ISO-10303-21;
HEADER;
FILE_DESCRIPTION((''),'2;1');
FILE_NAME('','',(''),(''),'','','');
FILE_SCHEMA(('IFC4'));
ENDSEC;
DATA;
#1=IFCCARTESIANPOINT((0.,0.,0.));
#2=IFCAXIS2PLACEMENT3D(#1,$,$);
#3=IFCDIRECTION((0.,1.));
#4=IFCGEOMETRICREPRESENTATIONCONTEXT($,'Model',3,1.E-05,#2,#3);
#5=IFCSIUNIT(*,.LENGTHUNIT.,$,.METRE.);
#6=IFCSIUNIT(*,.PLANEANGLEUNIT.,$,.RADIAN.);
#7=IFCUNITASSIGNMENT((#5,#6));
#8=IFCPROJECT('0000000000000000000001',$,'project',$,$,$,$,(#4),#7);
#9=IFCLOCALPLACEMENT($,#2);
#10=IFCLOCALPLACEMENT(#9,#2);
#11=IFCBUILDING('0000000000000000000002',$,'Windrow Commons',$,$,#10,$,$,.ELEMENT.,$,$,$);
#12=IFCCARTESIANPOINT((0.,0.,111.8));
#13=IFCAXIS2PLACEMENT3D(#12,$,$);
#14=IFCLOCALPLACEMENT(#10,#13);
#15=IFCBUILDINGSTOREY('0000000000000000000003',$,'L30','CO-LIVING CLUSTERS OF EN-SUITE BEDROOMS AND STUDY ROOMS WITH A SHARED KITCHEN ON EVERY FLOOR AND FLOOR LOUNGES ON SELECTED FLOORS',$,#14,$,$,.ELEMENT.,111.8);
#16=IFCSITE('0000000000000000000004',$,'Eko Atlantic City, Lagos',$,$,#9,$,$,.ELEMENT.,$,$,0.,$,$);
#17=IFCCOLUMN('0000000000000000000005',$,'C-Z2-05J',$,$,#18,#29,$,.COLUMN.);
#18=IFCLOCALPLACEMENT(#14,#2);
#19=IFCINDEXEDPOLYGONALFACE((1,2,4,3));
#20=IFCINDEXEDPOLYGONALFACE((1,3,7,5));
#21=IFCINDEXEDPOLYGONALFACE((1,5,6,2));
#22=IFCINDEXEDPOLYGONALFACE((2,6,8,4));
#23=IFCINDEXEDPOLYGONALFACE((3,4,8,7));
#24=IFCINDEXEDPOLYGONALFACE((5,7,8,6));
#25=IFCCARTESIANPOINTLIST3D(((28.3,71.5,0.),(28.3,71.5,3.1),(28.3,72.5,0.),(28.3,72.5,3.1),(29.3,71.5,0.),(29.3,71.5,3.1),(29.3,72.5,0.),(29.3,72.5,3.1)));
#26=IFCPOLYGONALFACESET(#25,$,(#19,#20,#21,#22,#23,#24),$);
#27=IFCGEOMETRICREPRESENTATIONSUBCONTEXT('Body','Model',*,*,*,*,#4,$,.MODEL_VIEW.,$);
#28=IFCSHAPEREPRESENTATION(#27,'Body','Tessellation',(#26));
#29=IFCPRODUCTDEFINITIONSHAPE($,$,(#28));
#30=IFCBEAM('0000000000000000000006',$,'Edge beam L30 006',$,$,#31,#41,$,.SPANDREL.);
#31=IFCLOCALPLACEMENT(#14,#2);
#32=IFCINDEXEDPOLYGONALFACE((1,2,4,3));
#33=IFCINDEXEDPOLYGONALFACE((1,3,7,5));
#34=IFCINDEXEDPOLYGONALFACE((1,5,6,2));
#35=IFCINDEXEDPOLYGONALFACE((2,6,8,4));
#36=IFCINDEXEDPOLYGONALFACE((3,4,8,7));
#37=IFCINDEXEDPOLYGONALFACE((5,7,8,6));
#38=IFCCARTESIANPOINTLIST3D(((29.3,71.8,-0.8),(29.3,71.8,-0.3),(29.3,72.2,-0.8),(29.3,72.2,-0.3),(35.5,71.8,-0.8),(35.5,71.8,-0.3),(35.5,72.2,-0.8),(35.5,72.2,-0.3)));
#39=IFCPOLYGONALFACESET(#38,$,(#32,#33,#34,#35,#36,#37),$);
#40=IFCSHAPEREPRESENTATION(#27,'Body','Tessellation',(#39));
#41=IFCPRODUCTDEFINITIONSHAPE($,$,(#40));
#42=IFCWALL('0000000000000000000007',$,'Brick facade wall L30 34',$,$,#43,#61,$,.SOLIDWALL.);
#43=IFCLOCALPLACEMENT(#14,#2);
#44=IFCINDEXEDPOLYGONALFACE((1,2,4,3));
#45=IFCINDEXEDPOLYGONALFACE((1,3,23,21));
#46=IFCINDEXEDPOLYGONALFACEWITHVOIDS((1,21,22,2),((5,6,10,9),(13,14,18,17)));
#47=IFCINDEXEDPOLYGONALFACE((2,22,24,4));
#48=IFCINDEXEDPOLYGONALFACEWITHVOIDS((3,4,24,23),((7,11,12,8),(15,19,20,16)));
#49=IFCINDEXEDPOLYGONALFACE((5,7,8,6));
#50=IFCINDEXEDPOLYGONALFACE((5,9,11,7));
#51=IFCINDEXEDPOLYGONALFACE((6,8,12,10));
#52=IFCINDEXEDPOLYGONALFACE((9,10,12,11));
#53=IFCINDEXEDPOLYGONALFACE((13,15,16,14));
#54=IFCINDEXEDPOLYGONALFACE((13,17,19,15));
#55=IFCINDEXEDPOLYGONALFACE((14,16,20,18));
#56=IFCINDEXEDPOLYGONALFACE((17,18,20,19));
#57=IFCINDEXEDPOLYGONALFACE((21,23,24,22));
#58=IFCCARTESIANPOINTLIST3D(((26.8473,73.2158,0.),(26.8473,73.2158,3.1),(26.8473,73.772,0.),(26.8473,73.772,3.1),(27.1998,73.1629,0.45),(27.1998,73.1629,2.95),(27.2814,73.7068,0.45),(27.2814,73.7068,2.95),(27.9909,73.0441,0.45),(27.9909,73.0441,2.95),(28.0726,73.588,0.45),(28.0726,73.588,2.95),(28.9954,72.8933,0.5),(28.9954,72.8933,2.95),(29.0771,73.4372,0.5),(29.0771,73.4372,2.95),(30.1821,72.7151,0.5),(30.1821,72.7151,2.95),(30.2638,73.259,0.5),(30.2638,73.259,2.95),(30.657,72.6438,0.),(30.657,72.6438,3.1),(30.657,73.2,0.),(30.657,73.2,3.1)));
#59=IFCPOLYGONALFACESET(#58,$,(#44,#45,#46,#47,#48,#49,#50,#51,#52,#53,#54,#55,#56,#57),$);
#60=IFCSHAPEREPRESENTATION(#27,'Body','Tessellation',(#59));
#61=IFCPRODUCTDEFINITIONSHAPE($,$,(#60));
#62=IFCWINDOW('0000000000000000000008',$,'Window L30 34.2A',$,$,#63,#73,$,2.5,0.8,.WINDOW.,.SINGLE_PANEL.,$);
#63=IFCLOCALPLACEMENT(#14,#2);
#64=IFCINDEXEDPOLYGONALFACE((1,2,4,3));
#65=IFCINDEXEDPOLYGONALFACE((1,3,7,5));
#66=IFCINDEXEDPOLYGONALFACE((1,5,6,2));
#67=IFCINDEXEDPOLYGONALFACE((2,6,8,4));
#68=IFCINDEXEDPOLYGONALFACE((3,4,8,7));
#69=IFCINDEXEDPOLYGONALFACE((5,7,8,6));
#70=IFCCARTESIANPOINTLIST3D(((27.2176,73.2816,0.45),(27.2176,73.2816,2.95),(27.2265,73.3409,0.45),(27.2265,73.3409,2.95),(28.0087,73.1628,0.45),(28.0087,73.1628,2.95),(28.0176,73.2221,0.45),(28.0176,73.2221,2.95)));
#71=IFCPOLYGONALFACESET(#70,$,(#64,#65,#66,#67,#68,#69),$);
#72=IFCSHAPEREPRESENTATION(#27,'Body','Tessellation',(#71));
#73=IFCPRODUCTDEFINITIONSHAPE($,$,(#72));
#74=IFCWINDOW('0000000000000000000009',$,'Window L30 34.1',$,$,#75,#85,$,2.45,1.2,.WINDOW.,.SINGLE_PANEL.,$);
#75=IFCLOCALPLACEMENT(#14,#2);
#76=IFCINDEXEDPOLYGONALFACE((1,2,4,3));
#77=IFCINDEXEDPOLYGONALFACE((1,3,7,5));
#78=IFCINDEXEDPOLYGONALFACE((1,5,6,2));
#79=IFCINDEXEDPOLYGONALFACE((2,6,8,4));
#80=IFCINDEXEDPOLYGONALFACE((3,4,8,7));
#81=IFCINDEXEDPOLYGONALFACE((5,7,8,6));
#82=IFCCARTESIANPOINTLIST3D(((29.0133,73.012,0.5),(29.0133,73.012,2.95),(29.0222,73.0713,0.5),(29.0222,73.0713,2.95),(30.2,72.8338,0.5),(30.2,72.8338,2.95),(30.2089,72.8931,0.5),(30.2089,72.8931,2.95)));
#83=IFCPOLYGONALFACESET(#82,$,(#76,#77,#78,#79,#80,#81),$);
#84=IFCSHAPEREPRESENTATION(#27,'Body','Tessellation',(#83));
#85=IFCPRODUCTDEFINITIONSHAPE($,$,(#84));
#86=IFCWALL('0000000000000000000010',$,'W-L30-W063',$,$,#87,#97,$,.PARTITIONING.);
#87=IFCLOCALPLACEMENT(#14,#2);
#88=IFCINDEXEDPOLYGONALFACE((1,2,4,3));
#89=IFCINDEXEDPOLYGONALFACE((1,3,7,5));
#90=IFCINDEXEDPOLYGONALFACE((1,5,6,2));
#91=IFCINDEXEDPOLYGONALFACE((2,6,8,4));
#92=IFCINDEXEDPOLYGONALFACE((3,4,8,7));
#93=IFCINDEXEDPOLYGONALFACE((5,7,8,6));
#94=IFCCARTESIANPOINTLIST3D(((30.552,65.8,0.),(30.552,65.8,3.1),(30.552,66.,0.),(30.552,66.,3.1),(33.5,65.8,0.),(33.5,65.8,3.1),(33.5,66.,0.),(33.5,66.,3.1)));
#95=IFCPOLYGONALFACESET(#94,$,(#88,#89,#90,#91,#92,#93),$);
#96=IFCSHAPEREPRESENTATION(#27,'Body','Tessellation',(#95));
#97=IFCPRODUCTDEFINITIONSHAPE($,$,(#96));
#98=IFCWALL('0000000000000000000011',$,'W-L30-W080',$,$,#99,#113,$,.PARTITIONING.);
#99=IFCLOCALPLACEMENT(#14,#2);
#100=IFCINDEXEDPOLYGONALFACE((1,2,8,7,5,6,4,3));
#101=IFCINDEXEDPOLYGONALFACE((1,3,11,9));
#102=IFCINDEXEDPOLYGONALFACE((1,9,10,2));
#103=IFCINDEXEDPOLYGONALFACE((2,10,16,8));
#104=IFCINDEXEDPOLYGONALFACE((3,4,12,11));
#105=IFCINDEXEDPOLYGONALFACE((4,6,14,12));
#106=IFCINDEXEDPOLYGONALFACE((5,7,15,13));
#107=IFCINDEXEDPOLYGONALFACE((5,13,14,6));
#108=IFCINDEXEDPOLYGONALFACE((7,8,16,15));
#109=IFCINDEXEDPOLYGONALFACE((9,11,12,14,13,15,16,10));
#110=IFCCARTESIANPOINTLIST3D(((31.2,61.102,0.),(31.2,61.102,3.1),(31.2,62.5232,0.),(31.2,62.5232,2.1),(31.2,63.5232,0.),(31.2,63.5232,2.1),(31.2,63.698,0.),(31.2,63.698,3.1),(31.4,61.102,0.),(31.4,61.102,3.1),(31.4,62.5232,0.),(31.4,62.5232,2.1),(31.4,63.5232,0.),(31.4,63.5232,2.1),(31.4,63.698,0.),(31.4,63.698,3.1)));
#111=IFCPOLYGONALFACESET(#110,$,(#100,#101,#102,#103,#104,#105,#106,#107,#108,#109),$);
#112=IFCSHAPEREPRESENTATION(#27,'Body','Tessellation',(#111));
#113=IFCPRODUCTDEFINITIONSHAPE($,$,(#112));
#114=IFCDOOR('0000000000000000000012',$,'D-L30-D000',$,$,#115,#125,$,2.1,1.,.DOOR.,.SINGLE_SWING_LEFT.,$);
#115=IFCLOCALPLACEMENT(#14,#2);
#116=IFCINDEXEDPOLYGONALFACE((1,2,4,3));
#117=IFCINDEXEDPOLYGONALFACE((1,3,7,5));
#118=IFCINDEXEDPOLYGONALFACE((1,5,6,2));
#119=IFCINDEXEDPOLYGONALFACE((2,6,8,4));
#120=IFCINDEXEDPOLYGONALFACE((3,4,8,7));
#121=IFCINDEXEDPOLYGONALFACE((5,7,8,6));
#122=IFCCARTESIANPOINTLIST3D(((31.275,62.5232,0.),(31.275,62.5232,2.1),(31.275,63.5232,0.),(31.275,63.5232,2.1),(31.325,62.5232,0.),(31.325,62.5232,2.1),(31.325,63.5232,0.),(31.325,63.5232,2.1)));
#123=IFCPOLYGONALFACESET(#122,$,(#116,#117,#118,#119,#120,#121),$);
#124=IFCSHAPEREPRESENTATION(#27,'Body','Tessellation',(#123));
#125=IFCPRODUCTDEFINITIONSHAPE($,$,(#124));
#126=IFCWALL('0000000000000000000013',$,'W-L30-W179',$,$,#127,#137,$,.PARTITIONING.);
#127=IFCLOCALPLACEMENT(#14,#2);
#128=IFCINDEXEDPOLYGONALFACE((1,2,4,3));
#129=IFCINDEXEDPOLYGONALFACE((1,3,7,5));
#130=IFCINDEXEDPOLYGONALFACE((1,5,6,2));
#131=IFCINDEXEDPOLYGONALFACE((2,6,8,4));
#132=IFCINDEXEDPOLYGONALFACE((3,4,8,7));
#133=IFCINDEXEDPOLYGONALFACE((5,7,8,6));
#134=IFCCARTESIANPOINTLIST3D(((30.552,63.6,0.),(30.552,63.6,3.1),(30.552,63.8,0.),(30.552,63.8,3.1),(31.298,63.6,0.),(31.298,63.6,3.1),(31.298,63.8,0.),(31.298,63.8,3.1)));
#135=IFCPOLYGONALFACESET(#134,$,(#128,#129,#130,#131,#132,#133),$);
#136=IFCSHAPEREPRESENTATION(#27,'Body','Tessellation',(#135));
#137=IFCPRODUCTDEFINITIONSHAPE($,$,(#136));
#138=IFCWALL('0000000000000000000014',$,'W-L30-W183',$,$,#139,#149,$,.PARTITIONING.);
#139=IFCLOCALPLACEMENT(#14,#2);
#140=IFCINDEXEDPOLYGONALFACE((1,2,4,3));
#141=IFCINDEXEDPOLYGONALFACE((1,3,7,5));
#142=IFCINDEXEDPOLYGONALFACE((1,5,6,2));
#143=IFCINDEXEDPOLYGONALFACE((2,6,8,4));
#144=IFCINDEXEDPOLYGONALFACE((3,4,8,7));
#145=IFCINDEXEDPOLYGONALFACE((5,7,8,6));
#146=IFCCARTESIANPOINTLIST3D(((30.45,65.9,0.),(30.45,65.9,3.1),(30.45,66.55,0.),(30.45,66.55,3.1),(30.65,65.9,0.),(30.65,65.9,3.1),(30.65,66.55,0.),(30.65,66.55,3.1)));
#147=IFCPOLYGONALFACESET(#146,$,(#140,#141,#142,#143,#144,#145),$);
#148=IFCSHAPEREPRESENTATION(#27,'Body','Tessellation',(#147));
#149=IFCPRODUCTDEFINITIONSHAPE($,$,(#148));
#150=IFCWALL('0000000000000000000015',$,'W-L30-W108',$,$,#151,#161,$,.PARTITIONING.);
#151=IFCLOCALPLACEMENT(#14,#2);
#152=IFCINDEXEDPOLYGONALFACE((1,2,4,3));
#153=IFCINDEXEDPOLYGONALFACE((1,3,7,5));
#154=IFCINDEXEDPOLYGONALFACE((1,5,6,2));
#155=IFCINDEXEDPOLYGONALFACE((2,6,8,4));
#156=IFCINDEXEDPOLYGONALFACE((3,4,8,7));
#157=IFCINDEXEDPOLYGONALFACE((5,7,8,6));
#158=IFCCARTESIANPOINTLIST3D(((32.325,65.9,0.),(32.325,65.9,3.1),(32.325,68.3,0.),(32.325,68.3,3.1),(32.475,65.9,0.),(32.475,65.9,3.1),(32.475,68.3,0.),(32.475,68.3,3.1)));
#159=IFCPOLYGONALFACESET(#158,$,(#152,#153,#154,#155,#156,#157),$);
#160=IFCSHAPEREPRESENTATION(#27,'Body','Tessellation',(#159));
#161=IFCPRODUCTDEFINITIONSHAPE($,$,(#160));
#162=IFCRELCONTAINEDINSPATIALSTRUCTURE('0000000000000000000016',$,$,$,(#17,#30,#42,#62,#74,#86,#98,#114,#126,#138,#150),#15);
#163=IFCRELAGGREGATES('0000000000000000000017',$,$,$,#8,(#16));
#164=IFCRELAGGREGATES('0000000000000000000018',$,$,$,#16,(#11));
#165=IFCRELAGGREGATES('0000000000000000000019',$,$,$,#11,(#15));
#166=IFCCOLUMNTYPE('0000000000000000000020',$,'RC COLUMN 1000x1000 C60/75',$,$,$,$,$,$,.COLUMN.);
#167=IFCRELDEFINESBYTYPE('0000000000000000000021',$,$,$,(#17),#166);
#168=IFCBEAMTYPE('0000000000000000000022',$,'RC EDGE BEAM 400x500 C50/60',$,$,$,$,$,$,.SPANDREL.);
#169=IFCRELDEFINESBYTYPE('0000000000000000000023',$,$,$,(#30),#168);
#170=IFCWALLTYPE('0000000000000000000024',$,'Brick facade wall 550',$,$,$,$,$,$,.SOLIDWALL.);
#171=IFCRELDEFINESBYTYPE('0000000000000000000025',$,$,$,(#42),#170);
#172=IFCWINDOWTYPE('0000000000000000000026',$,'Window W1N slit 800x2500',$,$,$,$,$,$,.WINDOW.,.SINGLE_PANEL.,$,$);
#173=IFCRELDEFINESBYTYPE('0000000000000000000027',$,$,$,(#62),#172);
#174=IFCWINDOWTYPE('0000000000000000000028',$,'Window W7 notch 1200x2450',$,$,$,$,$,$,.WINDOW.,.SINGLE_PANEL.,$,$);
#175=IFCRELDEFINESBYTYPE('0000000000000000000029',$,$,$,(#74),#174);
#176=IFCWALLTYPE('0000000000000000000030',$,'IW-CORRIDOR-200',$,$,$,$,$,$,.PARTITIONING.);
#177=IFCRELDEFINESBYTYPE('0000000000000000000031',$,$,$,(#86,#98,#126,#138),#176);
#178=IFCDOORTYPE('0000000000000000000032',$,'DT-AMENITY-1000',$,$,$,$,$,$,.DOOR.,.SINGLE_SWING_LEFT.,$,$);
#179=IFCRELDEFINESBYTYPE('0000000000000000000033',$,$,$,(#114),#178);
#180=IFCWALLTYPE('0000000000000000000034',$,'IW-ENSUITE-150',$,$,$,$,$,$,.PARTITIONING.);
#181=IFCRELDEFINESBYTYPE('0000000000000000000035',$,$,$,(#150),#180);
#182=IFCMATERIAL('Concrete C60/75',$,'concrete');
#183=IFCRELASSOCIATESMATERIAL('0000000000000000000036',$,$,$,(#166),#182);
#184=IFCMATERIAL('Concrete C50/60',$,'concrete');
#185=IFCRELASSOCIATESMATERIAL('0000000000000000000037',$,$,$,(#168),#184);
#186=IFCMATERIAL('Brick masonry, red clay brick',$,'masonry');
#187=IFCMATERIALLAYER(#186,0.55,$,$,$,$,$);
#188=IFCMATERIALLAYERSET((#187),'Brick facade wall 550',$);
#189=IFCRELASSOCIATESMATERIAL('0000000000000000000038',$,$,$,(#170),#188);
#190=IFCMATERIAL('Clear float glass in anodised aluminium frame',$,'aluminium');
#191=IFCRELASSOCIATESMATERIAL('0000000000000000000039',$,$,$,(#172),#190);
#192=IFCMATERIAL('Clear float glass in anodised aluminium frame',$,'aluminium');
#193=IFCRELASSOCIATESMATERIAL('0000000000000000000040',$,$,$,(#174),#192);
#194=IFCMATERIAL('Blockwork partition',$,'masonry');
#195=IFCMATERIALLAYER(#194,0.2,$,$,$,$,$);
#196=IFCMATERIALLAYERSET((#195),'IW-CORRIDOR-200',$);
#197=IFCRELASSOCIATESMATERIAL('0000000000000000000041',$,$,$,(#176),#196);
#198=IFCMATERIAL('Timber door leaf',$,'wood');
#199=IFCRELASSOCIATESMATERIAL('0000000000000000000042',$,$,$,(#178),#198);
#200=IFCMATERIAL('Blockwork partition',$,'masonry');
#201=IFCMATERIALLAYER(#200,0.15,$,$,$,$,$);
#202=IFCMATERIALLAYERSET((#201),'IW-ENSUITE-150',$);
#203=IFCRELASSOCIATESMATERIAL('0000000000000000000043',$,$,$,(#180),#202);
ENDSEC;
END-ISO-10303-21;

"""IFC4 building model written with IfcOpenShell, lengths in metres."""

from ifc_helpers import new_model, si_unit, direction, frame, frame_2d, origin, origin_2d, place, context, subcontext, project, spatial, polyline, rectangle, outline, extrude, material, layer, layer_set, material_profile, profile_set, type_object, element, fill, save


model = new_model("IFC4")

# Units and contexts
model_context = context("Model", 3, precision=1e-05, world=origin(), true_north=direction((0.0, 1.0)))
body_context = subcontext(model_context, "Body", "Model", "MODEL_VIEW")
ifc_project = project(units=[si_unit("LENGTHUNIT", "METRE"), si_unit("PLANEANGLEUNIT", "RADIAN")], contexts=[model_context])

# Site, building, storey
site_placement = place(None, origin())
site = spatial("IfcSite", under=ifc_project, at=site_placement, Name="Eko Atlantic City, Lagos", CompositionType="ELEMENT", RefElevation=0.0)
building_placement = place(site_placement, origin())
building = spatial("IfcBuilding", under=site, at=building_placement, Name="Windrow Commons", CompositionType="ELEMENT")
storey_placement = place(building_placement, frame((0.0, 0.0, 111.8)))
storey = spatial("IfcBuildingStorey", under=building, at=storey_placement, Name="L30", Description="CO-LIVING CLUSTERS OF EN-SUITE BEDROOMS AND STUDY ROOMS WITH A SHARED KITCHEN ON EVERY FLOOR AND FLOOR LOUNGES ON SELECTED FLOORS", CompositionType="ELEMENT", Elevation=111.8)

# Column
ifc_material_1 = material(Name="Concrete C60/75", Category="concrete")
ifc_material_profile_1 = material_profile(ifc_material_1, rectangle(XDim=1.0, YDim=1.0, at=origin_2d()))
ifc_profile_set_1 = profile_set([ifc_material_profile_1], Name="Concrete C60/75")
column_type = type_object("IfcColumnType", Name="RC COLUMN 1000x1000 C60/75", PredefinedType="COLUMN", material=ifc_profile_set_1)
column_placement = place(storey_placement, frame((28.8, 72.0, 0.0), z_axis=(0.0, 0.0, 1.0), x_axis=(1.0, 0.0, 0.0)))
element("IfcColumn", 1, at=column_placement, inside=storey, type_object=column_type, Name="C-Z2-05J", PredefinedType="COLUMN", context=body_context, shape_type="SweptSolid", body=[
    extrude(rectangle(XDim=1.0, YDim=1.0, at=origin_2d()), origin(), (0.0, 0.0, 1.0), 3.1),
])

# Beam
ifc_material_2 = material(Name="Concrete C50/60", Category="concrete")
ifc_material_profile_2 = material_profile(ifc_material_2, rectangle(XDim=0.4, YDim=0.5, at=origin_2d()))
ifc_profile_set_2 = profile_set([ifc_material_profile_2], Name="Concrete C50/60")
beam_type = type_object("IfcBeamType", Name="RC EDGE BEAM 400x500 C50/60", PredefinedType="SPANDREL", material=ifc_profile_set_2)
beam_placement = place(storey_placement, frame((29.3, 72.0, -0.55), z_axis=(1.0, 0.0, 0.0), x_axis=(0.0, 1.0, 0.0)))
element("IfcBeam", 2, at=beam_placement, inside=storey, type_object=beam_type, Name="Edge beam L30 006", PredefinedType="SPANDREL", context=body_context, shape_type="SweptSolid", body=[
    extrude(rectangle(XDim=0.4, YDim=0.5, at=origin_2d()), origin(), (0.0, 0.0, 1.0), 6.2),
])

# Wall, openings, windows
ifc_material_3 = material(Name="Brick masonry, red clay brick", Category="masonry")
ifc_layer_1 = layer(ifc_material_3, 0.55)
ifc_layer_set_1 = layer_set([ifc_layer_1], Name="Brick facade wall 550")
wall_type_1 = type_object("IfcWallType", Name="Brick facade wall 550", PredefinedType="SOLIDWALL", material=ifc_layer_set_1)
wall_1_placement = place(storey_placement, frame((30.657, 72.9219, 0.0), z_axis=(0.0, 0.0, 1.0), x_axis=(-0.988916, 0.148479, 0.0)))
wall_1 = element("IfcWall", 3, at=wall_1_placement, inside=storey, type_object=wall_type_1, Name="Brick facade wall L30 34", PredefinedType="SOLIDWALL", context=body_context, shape_type="SweptSolid", body=[
    extrude(outline(polyline([(0.0413, -0.275), (3.8937, -0.275), (3.8111, 0.275), (-0.0413, 0.275), (0.0413, -0.275)])), origin(), (0.0, 0.0, 1.0), 3.1),
])
opening_1_placement = place(wall_1_placement, frame((0.4389, 0.0, 0.5)))
opening_1 = element("IfcOpeningElement", 4, at=opening_1_placement, cuts=wall_1, PredefinedType="OPENING", context=body_context, shape_type="SweptSolid", body=[
    extrude(rectangle(XDim=1.2, YDim=2.45, at=frame_2d((0.6, 1.225))), frame((0.0, 0.285, 0.0), z_axis=(0.0, -1.0, 0.0), x_axis=(1.0, 0.0, 0.0)), (0.0, 0.0, 1.0), 0.57),
])
opening_2_placement = place(wall_1_placement, frame((2.6547, 0.0, 0.45)))
opening_2 = element("IfcOpeningElement", 5, at=opening_2_placement, cuts=wall_1, PredefinedType="OPENING", context=body_context, shape_type="SweptSolid", body=[
    extrude(rectangle(XDim=0.8, YDim=2.5, at=frame_2d((0.4, 1.25))), frame((0.0, 0.285, 0.0), z_axis=(0.0, -1.0, 0.0), x_axis=(1.0, 0.0, 0.0)), (0.0, 0.0, 1.0), 0.57),
])
ifc_material_4 = material(Name="Clear float glass in anodised aluminium frame", Category="aluminium")
window_type_1 = type_object("IfcWindowType", Name="Window W1N slit 800x2500", PartitioningType="SINGLE_PANEL", PredefinedType="WINDOW", material=ifc_material_4)
window_1_placement = place(opening_2_placement, origin())
window_1 = element("IfcWindow", 6, at=window_1_placement, inside=storey, type_object=window_type_1, Name="Window L30 34.2A", OverallHeight=2.5, OverallWidth=0.8, PartitioningType="SINGLE_PANEL", PredefinedType="WINDOW", context=body_context, shape_type="SweptSolid", body=[
    extrude(rectangle(XDim=0.8, YDim=2.5, at=frame_2d((0.4, 1.25))), frame((0.0, 0.155, 0.0), z_axis=(0.0, -1.0, 0.0), x_axis=(1.0, 0.0, 0.0)), (0.0, 0.0, 1.0), 0.06),
])
fill(opening_2, window_1)
ifc_material_5 = material(Name="Clear float glass in anodised aluminium frame", Category="aluminium")
window_type_2 = type_object("IfcWindowType", Name="Window W7 notch 1200x2450", PartitioningType="SINGLE_PANEL", PredefinedType="WINDOW", material=ifc_material_5)
window_2_placement = place(opening_1_placement, origin())
window_2 = element("IfcWindow", 7, at=window_2_placement, inside=storey, type_object=window_type_2, Name="Window L30 34.1", OverallHeight=2.45, OverallWidth=1.2, PartitioningType="SINGLE_PANEL", PredefinedType="WINDOW", context=body_context, shape_type="SweptSolid", body=[
    extrude(rectangle(XDim=1.2, YDim=2.45, at=frame_2d((0.6, 1.225))), frame((0.0, 0.155, 0.0), z_axis=(0.0, -1.0, 0.0), x_axis=(1.0, 0.0, 0.0)), (0.0, 0.0, 1.0), 0.06),
])
fill(opening_1, window_2)

# Wall
ifc_material_6 = material(Name="Blockwork partition", Category="masonry")
ifc_layer_2 = layer(ifc_material_6, 0.2)
ifc_layer_set_2 = layer_set([ifc_layer_2], Name="IW-CORRIDOR-200")
wall_type_2 = type_object("IfcWallType", Name="IW-CORRIDOR-200", PredefinedType="PARTITIONING", material=ifc_layer_set_2)
wall_2_placement = place(storey_placement, frame((30.552, 65.9, 0.0), z_axis=(0.0, 0.0, 1.0), x_axis=(1.0, 0.0, 0.0)))
element("IfcWall", 8, at=wall_2_placement, inside=storey, type_object=wall_type_2, Name="W-L30-W063", PredefinedType="PARTITIONING", context=body_context, shape_type="SweptSolid", body=[
    extrude(rectangle(XDim=2.948, YDim=0.2, at=frame_2d((1.474, 0.0))), origin(), (0.0, 0.0, 1.0), 3.1),
])

# Wall, opening, door
wall_3_placement = place(storey_placement, frame((31.3, 61.102, 0.0), z_axis=(0.0, 0.0, 1.0), x_axis=(0.0, 1.0, 0.0)))
wall_3 = element("IfcWall", 9, at=wall_3_placement, inside=storey, type_object=wall_type_2, Name="W-L30-W080", PredefinedType="PARTITIONING", context=body_context, shape_type="SweptSolid", body=[
    extrude(rectangle(XDim=2.596, YDim=0.2, at=frame_2d((1.298, 0.0))), origin(), (0.0, 0.0, 1.0), 3.1),
])
opening_3_placement = place(wall_3_placement, frame((1.4212, 0.0, 0.0)))
opening_3 = element("IfcOpeningElement", 10, at=opening_3_placement, cuts=wall_3, PredefinedType="OPENING", context=body_context, shape_type="SweptSolid", body=[
    extrude(rectangle(XDim=1.0, YDim=2.1, at=frame_2d((0.5, 1.05))), frame((0.0, 0.11, 0.0), z_axis=(0.0, -1.0, 0.0), x_axis=(1.0, 0.0, 0.0)), (0.0, 0.0, 1.0), 0.22),
])
ifc_material_7 = material(Name="Timber door leaf", Category="wood")
door_type_1 = type_object("IfcDoorType", Name="DT-AMENITY-1000", OperationType="SINGLE_SWING_LEFT", PredefinedType="DOOR", material=ifc_material_7)
door_1_placement = place(opening_3_placement, origin())
door_1 = element("IfcDoor", 11, at=door_1_placement, inside=storey, type_object=door_type_1, Name="D-L30-D000", OperationType="SINGLE_SWING_LEFT", OverallHeight=2.1, OverallWidth=1.0, PredefinedType="DOOR", context=body_context, shape_type="SweptSolid", body=[
    extrude(rectangle(XDim=1.0, YDim=2.1, at=frame_2d((0.5, 1.05))), frame((0.0, 0.025, 0.0), z_axis=(0.0, -1.0, 0.0), x_axis=(1.0, 0.0, 0.0)), (0.0, 0.0, 1.0), 0.05),
])
fill(opening_3, door_1)

# Walls
wall_4_placement = place(storey_placement, frame((30.552, 63.7, 0.0), z_axis=(0.0, 0.0, 1.0), x_axis=(1.0, 0.0, 0.0)))
element("IfcWall", 12, at=wall_4_placement, inside=storey, type_object=wall_type_2, Name="W-L30-W179", PredefinedType="PARTITIONING", context=body_context, shape_type="SweptSolid", body=[
    extrude(rectangle(XDim=0.746, YDim=0.2, at=frame_2d((0.373, 0.0))), origin(), (0.0, 0.0, 1.0), 3.1),
])
wall_5_placement = place(storey_placement, frame((30.55, 65.9, 0.0), z_axis=(0.0, 0.0, 1.0), x_axis=(0.0, 1.0, 0.0)))
element("IfcWall", 13, at=wall_5_placement, inside=storey, type_object=wall_type_2, Name="W-L30-W183", PredefinedType="PARTITIONING", context=body_context, shape_type="SweptSolid", body=[
    extrude(rectangle(XDim=0.65, YDim=0.2, at=frame_2d((0.325, 0.0))), origin(), (0.0, 0.0, 1.0), 3.1),
])
ifc_material_8 = material(Name="Blockwork partition", Category="masonry")
ifc_layer_3 = layer(ifc_material_8, 0.15)
ifc_layer_set_3 = layer_set([ifc_layer_3], Name="IW-ENSUITE-150")
wall_type_3 = type_object("IfcWallType", Name="IW-ENSUITE-150", PredefinedType="PARTITIONING", material=ifc_layer_set_3)
wall_6_placement = place(storey_placement, frame((32.4, 65.9, 0.0), z_axis=(0.0, 0.0, 1.0), x_axis=(0.0, 1.0, 0.0)))
element("IfcWall", 14, at=wall_6_placement, inside=storey, type_object=wall_type_3, Name="W-L30-W108", PredefinedType="PARTITIONING", context=body_context, shape_type="SweptSolid", body=[
    extrude(rectangle(XDim=2.4, YDim=0.15, at=frame_2d((1.2, 0.0))), origin(), (0.0, 0.0, 1.0), 3.1),
])

save(model, "model.ifc")
